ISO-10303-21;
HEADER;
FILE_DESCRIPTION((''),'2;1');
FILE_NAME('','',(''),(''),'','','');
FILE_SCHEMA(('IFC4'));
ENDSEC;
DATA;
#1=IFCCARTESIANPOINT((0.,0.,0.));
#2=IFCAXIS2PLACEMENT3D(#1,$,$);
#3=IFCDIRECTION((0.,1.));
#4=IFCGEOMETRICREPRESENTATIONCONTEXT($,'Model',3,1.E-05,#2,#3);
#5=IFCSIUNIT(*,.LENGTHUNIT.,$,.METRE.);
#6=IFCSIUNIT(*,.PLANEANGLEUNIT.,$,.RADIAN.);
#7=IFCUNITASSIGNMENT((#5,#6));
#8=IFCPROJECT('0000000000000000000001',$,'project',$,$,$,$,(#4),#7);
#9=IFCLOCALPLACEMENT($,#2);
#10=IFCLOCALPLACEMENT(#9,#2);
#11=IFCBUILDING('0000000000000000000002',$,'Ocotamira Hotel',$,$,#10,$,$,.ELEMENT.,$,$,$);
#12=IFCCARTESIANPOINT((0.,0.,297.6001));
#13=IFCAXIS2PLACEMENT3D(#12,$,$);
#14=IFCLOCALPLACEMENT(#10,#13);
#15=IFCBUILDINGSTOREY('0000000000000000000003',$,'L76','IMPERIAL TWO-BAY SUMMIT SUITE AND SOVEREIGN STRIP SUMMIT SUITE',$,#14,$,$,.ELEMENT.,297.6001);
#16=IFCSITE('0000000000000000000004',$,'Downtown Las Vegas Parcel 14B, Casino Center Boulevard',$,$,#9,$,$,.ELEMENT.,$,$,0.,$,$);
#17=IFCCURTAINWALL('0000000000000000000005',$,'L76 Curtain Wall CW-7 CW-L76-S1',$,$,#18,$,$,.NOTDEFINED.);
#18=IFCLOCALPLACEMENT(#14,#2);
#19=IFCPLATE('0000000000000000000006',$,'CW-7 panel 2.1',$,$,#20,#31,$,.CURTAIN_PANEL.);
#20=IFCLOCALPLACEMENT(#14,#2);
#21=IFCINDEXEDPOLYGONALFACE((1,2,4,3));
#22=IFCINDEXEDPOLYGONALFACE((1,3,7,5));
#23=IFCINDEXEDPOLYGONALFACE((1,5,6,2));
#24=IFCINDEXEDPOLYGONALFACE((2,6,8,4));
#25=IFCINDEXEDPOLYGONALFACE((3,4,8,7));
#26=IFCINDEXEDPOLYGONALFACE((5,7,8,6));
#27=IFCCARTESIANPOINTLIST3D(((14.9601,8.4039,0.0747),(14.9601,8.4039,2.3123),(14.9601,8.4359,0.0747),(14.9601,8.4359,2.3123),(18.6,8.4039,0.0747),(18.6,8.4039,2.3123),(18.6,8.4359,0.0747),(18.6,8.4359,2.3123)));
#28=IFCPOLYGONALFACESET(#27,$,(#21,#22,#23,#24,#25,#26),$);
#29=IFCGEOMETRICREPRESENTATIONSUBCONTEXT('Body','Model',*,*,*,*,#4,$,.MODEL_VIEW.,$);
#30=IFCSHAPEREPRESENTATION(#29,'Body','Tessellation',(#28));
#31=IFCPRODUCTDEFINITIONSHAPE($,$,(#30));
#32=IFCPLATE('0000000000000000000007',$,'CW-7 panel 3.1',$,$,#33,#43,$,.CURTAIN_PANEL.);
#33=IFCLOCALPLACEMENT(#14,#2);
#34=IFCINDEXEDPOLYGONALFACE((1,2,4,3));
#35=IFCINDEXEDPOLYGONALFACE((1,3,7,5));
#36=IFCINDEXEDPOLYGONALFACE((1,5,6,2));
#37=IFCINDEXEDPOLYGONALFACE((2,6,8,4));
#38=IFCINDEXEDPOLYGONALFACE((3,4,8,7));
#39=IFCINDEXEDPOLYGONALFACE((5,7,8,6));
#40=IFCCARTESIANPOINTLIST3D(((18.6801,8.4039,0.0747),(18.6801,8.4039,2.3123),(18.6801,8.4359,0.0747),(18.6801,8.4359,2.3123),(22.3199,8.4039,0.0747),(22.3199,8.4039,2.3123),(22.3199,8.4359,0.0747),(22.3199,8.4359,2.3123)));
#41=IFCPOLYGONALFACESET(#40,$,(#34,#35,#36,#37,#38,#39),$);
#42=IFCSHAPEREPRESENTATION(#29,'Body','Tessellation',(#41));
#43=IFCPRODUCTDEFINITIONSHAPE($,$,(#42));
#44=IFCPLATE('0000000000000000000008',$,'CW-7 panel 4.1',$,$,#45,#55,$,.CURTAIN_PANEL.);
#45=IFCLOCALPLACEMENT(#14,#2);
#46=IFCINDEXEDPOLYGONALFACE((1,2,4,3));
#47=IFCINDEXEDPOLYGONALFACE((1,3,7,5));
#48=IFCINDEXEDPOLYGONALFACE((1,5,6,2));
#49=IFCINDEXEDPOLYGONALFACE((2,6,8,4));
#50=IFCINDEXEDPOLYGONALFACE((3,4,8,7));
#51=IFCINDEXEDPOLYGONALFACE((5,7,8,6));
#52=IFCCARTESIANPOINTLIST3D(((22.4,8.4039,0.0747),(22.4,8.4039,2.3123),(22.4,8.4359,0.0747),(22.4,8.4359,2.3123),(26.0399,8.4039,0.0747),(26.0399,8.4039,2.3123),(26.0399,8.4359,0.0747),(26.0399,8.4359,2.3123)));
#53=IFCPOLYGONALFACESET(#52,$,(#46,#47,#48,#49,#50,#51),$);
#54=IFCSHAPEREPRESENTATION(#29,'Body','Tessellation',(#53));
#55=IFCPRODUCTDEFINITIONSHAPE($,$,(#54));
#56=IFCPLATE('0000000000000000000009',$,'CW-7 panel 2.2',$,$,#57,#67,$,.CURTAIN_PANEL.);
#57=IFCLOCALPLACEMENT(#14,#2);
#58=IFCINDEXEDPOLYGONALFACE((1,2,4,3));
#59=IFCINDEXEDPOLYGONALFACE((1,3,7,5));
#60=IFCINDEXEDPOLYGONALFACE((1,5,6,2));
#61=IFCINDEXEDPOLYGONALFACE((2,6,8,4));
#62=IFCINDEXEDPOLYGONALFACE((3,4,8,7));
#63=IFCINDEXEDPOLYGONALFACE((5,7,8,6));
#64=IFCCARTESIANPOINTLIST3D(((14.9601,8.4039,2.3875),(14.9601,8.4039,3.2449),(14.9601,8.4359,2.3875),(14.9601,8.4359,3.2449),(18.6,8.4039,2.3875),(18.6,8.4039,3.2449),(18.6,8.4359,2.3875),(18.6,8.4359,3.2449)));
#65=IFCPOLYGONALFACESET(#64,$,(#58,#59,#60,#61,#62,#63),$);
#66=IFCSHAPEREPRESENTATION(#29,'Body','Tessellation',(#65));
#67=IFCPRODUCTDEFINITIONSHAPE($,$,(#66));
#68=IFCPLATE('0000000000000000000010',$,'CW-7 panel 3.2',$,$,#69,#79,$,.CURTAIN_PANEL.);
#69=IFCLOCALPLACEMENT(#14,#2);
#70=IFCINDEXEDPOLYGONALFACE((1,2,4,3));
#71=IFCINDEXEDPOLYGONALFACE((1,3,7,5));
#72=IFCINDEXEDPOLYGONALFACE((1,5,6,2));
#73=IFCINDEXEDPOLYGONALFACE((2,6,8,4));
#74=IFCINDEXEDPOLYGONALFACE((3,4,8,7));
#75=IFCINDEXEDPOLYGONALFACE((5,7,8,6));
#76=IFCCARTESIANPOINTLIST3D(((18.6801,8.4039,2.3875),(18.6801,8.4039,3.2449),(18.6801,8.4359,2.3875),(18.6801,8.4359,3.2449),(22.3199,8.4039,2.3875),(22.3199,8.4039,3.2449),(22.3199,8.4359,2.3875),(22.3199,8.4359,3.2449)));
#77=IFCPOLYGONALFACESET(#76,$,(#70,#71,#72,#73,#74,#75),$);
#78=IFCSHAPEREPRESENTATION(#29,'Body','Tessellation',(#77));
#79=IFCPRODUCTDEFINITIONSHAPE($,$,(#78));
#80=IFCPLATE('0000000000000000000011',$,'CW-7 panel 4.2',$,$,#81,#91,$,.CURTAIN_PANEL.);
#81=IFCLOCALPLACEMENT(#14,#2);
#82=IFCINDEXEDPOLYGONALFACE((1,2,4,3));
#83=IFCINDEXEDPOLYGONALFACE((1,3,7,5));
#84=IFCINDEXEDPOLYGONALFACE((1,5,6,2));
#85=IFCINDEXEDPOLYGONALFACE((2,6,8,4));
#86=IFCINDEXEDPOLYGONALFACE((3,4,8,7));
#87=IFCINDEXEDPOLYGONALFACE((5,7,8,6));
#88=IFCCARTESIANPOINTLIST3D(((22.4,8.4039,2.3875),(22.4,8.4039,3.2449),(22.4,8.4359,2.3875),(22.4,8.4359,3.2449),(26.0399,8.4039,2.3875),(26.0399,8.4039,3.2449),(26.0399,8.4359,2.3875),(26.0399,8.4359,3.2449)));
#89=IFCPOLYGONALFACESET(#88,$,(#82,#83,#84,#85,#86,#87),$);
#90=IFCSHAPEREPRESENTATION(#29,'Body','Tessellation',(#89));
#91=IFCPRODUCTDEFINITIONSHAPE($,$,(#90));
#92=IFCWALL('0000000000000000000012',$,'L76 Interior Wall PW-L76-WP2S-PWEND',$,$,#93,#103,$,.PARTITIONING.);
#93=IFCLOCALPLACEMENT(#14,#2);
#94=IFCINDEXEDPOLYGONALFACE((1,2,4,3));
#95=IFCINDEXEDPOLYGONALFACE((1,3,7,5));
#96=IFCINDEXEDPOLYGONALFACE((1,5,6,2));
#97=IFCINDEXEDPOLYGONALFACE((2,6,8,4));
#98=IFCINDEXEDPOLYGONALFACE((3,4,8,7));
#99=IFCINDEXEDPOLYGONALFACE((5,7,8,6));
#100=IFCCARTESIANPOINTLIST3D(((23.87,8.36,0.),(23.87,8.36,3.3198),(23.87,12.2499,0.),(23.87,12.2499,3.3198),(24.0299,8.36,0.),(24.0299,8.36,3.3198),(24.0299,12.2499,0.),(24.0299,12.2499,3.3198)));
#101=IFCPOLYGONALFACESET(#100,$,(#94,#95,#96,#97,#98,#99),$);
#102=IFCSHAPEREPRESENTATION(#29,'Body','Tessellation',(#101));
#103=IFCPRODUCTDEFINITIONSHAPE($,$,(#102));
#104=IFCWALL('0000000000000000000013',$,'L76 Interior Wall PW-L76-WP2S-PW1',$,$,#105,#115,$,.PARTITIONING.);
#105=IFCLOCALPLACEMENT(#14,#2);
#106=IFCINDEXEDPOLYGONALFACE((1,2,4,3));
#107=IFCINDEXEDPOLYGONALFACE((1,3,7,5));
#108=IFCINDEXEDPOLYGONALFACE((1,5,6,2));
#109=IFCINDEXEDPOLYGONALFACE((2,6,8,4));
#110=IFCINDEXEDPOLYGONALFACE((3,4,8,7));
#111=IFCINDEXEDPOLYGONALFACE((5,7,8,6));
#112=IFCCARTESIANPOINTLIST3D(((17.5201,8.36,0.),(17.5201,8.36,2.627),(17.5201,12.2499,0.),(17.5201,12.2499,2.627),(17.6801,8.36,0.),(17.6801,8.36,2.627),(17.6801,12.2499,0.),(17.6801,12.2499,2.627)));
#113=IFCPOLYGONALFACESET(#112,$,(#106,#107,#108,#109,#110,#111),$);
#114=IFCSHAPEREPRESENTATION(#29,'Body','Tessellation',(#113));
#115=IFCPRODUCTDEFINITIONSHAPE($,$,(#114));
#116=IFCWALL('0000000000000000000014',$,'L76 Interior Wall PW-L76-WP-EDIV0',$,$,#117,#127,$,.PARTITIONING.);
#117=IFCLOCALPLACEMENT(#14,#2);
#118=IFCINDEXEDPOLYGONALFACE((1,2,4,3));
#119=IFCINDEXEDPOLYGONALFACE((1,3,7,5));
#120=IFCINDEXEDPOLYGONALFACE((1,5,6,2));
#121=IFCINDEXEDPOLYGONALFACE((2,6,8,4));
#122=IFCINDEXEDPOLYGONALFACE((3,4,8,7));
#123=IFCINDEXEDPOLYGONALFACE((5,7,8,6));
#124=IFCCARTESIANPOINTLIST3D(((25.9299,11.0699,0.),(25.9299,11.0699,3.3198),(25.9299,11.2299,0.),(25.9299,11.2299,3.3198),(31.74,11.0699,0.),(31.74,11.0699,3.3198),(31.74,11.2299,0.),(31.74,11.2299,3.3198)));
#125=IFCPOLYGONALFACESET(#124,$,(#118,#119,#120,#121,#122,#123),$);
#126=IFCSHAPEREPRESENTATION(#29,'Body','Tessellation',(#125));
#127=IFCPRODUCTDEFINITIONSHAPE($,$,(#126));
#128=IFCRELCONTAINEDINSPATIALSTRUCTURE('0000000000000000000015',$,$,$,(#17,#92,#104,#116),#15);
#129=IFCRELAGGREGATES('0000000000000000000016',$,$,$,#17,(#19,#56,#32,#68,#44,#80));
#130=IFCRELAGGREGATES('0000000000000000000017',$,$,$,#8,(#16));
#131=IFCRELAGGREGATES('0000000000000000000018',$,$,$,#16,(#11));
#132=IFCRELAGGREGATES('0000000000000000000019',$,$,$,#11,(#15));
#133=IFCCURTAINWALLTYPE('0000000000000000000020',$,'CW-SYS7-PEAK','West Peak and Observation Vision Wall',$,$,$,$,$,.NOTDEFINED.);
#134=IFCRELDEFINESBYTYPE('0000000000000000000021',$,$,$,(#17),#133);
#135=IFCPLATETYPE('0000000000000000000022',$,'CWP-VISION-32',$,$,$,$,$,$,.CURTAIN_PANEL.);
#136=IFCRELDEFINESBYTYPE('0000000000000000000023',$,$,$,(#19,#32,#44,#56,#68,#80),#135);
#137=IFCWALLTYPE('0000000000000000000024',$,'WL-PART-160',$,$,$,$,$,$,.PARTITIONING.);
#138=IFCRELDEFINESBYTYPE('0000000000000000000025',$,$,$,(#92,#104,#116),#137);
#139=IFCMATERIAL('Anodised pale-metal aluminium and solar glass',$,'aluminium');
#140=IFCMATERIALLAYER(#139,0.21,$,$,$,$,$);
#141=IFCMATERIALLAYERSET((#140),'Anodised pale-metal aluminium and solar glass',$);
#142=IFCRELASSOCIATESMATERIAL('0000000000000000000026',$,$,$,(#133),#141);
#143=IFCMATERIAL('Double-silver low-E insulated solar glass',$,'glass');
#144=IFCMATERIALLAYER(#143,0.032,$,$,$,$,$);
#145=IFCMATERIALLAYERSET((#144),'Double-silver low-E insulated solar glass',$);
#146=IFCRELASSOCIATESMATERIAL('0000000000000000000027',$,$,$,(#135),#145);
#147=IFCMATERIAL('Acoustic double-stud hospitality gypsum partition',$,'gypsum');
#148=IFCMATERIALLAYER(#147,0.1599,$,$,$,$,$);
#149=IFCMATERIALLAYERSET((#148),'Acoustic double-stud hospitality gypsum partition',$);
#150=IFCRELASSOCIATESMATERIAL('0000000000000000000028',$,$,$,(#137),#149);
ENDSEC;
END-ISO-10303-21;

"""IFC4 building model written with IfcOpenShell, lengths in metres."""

from ifc_helpers import new_model, si_unit, direction, frame, frame_2d, origin, origin_2d, place, context, subcontext, project, spatial, rectangle, extrude, source, transform, mapped, material, layer, layer_set, type_object, element, aggregate, save


model = new_model("IFC4")

# Units and contexts
model_context = context("Model", 3, precision=1e-05, world=origin(), true_north=direction((0.0, 1.0)))
body_context = subcontext(model_context, "Body", "Model", "MODEL_VIEW")
ifc_project = project(units=[si_unit("LENGTHUNIT", "METRE"), si_unit("PLANEANGLEUNIT", "RADIAN")], contexts=[model_context])

# Site, building, storey
site_placement = place(None, origin())
site = spatial("IfcSite", under=ifc_project, at=site_placement, Name="Downtown Las Vegas Parcel 14B, Casino Center Boulevard", CompositionType="ELEMENT", RefElevation=0.0)
building_placement = place(site_placement, origin())
building = spatial("IfcBuilding", under=site, at=building_placement, Name="Ocotamira Hotel", CompositionType="ELEMENT")
storey_placement = place(building_placement, frame((0.0, 0.0, 297.6001)))
storey = spatial("IfcBuildingStorey", under=building, at=storey_placement, Name="L76", Description="IMPERIAL TWO-BAY SUMMIT SUITE AND SOVEREIGN STRIP SUMMIT SUITE", CompositionType="ELEMENT", Elevation=297.6001)

# Curtain wall, plates
ifc_material_1 = material(Name="Anodised pale-metal aluminium and solar glass", Category="aluminium")
ifc_layer_1 = layer(ifc_material_1, 0.21)
ifc_layer_set_1 = layer_set([ifc_layer_1], Name="Anodised pale-metal aluminium and solar glass")
curtain_wall_type = type_object("IfcCurtainWallType", Name="CW-SYS7-PEAK", Description="West Peak and Observation Vision Wall", PredefinedType="NOTDEFINED", material=ifc_layer_set_1)
curtain_wall_placement = place(storey_placement, origin())
curtain_wall = element("IfcCurtainWall", 1, at=curtain_wall_placement, inside=storey, type_object=curtain_wall_type, Name="L76 Curtain Wall CW-7 CW-L76-S1", PredefinedType="NOTDEFINED")
ifc_material_2 = material(Name="Double-silver low-E insulated solar glass", Category="glass")
ifc_layer_2 = layer(ifc_material_2, 0.032)
ifc_layer_set_2 = layer_set([ifc_layer_2], Name="Double-silver low-E insulated solar glass")
plate_type = type_object("IfcPlateType", Name="CWP-VISION-32", PredefinedType="CURTAIN_PANEL", material=ifc_layer_set_2)
shared_shape_1 = source(origin(), body_context, "Body", "SweptSolid", [
    extrude(rectangle(XDim=3.6399, YDim=0.032, at=origin_2d()), origin(), (0.0, 0.0, 1.0), 2.2375),
])
plate_1_placement = place(storey_placement, frame((16.78, 8.4199, 0.0747), z_axis=(0.0, 0.0, 1.0), x_axis=(1.0, 0.0, 0.0)))
plate_1 = element("IfcPlate", 2, at=plate_1_placement, type_object=plate_type, Name="CW-7 panel 2.1", PredefinedType="CURTAIN_PANEL", context=body_context, shape_type="MappedRepresentation", body=[
    mapped(shared_shape_1, transform((0.0, 0.0, 0.0), scale=1.0)),
])
plate_2_placement = place(storey_placement, frame((20.5, 8.4199, 0.0747), z_axis=(0.0, 0.0, 1.0), x_axis=(1.0, 0.0, 0.0)))
plate_2 = element("IfcPlate", 3, at=plate_2_placement, type_object=plate_type, Name="CW-7 panel 3.1", PredefinedType="CURTAIN_PANEL", context=body_context, shape_type="MappedRepresentation", body=[
    mapped(shared_shape_1, transform((0.0, 0.0, 0.0), scale=1.0)),
])
plate_3_placement = place(storey_placement, frame((24.22, 8.4199, 0.0747), z_axis=(0.0, 0.0, 1.0), x_axis=(1.0, 0.0, 0.0)))
plate_3 = element("IfcPlate", 4, at=plate_3_placement, type_object=plate_type, Name="CW-7 panel 4.1", PredefinedType="CURTAIN_PANEL", context=body_context, shape_type="MappedRepresentation", body=[
    mapped(shared_shape_1, transform((0.0, 0.0, 0.0), scale=1.0)),
])
shared_shape_2 = source(origin(), body_context, "Body", "SweptSolid", [
    extrude(rectangle(XDim=3.6399, YDim=0.032, at=origin_2d()), origin(), (0.0, 0.0, 1.0), 0.8574),
])
plate_4_placement = place(storey_placement, frame((16.78, 8.4199, 2.3875), z_axis=(0.0, 0.0, 1.0), x_axis=(1.0, 0.0, 0.0)))
plate_4 = element("IfcPlate", 5, at=plate_4_placement, type_object=plate_type, Name="CW-7 panel 2.2", PredefinedType="CURTAIN_PANEL", context=body_context, shape_type="MappedRepresentation", body=[
    mapped(shared_shape_2, transform((0.0, 0.0, 0.0), scale=1.0)),
])
plate_5_placement = place(storey_placement, frame((20.5, 8.4199, 2.3875), z_axis=(0.0, 0.0, 1.0), x_axis=(1.0, 0.0, 0.0)))
plate_5 = element("IfcPlate", 6, at=plate_5_placement, type_object=plate_type, Name="CW-7 panel 3.2", PredefinedType="CURTAIN_PANEL", context=body_context, shape_type="MappedRepresentation", body=[
    mapped(shared_shape_2, transform((0.0, 0.0, 0.0), scale=1.0)),
])
plate_6_placement = place(storey_placement, frame((24.22, 8.4199, 2.3875), z_axis=(0.0, 0.0, 1.0), x_axis=(1.0, 0.0, 0.0)))
plate_6 = element("IfcPlate", 7, at=plate_6_placement, type_object=plate_type, Name="CW-7 panel 4.2", PredefinedType="CURTAIN_PANEL", context=body_context, shape_type="MappedRepresentation", body=[
    mapped(shared_shape_2, transform((0.0, 0.0, 0.0), scale=1.0)),
])
aggregate(curtain_wall, [plate_1, plate_4, plate_2, plate_5, plate_3, plate_6])

# Walls
ifc_material_3 = material(Name="Acoustic double-stud hospitality gypsum partition", Category="gypsum")
ifc_layer_3 = layer(ifc_material_3, 0.1599)
ifc_layer_set_3 = layer_set([ifc_layer_3], Name="Acoustic double-stud hospitality gypsum partition")
wall_type = type_object("IfcWallType", Name="WL-PART-160", PredefinedType="PARTITIONING", material=ifc_layer_set_3)
wall_1_placement = place(storey_placement, frame((23.95, 8.3601, 0.0), z_axis=(0.0, 0.0, 1.0), x_axis=(0.0, 1.0, 0.0)))
element("IfcWall", 8, at=wall_1_placement, inside=storey, type_object=wall_type, Name="L76 Interior Wall PW-L76-WP2S-PWEND", PredefinedType="PARTITIONING", context=body_context, shape_type="SweptSolid", body=[
    extrude(rectangle(XDim=3.8899, YDim=0.1599, at=frame_2d((1.9448, 0.0))), origin(), (0.0, 0.0, 1.0), 3.3198),
])
wall_2_placement = place(storey_placement, frame((17.6001, 8.3601, 0.0), z_axis=(0.0, 0.0, 1.0), x_axis=(0.0, 1.0, 0.0)))
element("IfcWall", 9, at=wall_2_placement, inside=storey, type_object=wall_type, Name="L76 Interior Wall PW-L76-WP2S-PW1", PredefinedType="PARTITIONING", context=body_context, shape_type="SweptSolid", body=[
    extrude(rectangle(XDim=3.8899, YDim=0.1599, at=frame_2d((1.9448, 0.0))), origin(), (0.0, 0.0, 1.0), 2.627),
])
wall_3_placement = place(storey_placement, frame((25.9299, 11.1499, 0.0), z_axis=(0.0, 0.0, 1.0), x_axis=(1.0, 0.0, 0.0)))
element("IfcWall", 10, at=wall_3_placement, inside=storey, type_object=wall_type, Name="L76 Interior Wall PW-L76-WP-EDIV0", PredefinedType="PARTITIONING", context=body_context, shape_type="SweptSolid", body=[
    extrude(rectangle(XDim=5.8101, YDim=0.1599, at=frame_2d((2.905, 0.0))), origin(), (0.0, 0.0, 1.0), 3.3198),
])

save(model, "model.ifc")
